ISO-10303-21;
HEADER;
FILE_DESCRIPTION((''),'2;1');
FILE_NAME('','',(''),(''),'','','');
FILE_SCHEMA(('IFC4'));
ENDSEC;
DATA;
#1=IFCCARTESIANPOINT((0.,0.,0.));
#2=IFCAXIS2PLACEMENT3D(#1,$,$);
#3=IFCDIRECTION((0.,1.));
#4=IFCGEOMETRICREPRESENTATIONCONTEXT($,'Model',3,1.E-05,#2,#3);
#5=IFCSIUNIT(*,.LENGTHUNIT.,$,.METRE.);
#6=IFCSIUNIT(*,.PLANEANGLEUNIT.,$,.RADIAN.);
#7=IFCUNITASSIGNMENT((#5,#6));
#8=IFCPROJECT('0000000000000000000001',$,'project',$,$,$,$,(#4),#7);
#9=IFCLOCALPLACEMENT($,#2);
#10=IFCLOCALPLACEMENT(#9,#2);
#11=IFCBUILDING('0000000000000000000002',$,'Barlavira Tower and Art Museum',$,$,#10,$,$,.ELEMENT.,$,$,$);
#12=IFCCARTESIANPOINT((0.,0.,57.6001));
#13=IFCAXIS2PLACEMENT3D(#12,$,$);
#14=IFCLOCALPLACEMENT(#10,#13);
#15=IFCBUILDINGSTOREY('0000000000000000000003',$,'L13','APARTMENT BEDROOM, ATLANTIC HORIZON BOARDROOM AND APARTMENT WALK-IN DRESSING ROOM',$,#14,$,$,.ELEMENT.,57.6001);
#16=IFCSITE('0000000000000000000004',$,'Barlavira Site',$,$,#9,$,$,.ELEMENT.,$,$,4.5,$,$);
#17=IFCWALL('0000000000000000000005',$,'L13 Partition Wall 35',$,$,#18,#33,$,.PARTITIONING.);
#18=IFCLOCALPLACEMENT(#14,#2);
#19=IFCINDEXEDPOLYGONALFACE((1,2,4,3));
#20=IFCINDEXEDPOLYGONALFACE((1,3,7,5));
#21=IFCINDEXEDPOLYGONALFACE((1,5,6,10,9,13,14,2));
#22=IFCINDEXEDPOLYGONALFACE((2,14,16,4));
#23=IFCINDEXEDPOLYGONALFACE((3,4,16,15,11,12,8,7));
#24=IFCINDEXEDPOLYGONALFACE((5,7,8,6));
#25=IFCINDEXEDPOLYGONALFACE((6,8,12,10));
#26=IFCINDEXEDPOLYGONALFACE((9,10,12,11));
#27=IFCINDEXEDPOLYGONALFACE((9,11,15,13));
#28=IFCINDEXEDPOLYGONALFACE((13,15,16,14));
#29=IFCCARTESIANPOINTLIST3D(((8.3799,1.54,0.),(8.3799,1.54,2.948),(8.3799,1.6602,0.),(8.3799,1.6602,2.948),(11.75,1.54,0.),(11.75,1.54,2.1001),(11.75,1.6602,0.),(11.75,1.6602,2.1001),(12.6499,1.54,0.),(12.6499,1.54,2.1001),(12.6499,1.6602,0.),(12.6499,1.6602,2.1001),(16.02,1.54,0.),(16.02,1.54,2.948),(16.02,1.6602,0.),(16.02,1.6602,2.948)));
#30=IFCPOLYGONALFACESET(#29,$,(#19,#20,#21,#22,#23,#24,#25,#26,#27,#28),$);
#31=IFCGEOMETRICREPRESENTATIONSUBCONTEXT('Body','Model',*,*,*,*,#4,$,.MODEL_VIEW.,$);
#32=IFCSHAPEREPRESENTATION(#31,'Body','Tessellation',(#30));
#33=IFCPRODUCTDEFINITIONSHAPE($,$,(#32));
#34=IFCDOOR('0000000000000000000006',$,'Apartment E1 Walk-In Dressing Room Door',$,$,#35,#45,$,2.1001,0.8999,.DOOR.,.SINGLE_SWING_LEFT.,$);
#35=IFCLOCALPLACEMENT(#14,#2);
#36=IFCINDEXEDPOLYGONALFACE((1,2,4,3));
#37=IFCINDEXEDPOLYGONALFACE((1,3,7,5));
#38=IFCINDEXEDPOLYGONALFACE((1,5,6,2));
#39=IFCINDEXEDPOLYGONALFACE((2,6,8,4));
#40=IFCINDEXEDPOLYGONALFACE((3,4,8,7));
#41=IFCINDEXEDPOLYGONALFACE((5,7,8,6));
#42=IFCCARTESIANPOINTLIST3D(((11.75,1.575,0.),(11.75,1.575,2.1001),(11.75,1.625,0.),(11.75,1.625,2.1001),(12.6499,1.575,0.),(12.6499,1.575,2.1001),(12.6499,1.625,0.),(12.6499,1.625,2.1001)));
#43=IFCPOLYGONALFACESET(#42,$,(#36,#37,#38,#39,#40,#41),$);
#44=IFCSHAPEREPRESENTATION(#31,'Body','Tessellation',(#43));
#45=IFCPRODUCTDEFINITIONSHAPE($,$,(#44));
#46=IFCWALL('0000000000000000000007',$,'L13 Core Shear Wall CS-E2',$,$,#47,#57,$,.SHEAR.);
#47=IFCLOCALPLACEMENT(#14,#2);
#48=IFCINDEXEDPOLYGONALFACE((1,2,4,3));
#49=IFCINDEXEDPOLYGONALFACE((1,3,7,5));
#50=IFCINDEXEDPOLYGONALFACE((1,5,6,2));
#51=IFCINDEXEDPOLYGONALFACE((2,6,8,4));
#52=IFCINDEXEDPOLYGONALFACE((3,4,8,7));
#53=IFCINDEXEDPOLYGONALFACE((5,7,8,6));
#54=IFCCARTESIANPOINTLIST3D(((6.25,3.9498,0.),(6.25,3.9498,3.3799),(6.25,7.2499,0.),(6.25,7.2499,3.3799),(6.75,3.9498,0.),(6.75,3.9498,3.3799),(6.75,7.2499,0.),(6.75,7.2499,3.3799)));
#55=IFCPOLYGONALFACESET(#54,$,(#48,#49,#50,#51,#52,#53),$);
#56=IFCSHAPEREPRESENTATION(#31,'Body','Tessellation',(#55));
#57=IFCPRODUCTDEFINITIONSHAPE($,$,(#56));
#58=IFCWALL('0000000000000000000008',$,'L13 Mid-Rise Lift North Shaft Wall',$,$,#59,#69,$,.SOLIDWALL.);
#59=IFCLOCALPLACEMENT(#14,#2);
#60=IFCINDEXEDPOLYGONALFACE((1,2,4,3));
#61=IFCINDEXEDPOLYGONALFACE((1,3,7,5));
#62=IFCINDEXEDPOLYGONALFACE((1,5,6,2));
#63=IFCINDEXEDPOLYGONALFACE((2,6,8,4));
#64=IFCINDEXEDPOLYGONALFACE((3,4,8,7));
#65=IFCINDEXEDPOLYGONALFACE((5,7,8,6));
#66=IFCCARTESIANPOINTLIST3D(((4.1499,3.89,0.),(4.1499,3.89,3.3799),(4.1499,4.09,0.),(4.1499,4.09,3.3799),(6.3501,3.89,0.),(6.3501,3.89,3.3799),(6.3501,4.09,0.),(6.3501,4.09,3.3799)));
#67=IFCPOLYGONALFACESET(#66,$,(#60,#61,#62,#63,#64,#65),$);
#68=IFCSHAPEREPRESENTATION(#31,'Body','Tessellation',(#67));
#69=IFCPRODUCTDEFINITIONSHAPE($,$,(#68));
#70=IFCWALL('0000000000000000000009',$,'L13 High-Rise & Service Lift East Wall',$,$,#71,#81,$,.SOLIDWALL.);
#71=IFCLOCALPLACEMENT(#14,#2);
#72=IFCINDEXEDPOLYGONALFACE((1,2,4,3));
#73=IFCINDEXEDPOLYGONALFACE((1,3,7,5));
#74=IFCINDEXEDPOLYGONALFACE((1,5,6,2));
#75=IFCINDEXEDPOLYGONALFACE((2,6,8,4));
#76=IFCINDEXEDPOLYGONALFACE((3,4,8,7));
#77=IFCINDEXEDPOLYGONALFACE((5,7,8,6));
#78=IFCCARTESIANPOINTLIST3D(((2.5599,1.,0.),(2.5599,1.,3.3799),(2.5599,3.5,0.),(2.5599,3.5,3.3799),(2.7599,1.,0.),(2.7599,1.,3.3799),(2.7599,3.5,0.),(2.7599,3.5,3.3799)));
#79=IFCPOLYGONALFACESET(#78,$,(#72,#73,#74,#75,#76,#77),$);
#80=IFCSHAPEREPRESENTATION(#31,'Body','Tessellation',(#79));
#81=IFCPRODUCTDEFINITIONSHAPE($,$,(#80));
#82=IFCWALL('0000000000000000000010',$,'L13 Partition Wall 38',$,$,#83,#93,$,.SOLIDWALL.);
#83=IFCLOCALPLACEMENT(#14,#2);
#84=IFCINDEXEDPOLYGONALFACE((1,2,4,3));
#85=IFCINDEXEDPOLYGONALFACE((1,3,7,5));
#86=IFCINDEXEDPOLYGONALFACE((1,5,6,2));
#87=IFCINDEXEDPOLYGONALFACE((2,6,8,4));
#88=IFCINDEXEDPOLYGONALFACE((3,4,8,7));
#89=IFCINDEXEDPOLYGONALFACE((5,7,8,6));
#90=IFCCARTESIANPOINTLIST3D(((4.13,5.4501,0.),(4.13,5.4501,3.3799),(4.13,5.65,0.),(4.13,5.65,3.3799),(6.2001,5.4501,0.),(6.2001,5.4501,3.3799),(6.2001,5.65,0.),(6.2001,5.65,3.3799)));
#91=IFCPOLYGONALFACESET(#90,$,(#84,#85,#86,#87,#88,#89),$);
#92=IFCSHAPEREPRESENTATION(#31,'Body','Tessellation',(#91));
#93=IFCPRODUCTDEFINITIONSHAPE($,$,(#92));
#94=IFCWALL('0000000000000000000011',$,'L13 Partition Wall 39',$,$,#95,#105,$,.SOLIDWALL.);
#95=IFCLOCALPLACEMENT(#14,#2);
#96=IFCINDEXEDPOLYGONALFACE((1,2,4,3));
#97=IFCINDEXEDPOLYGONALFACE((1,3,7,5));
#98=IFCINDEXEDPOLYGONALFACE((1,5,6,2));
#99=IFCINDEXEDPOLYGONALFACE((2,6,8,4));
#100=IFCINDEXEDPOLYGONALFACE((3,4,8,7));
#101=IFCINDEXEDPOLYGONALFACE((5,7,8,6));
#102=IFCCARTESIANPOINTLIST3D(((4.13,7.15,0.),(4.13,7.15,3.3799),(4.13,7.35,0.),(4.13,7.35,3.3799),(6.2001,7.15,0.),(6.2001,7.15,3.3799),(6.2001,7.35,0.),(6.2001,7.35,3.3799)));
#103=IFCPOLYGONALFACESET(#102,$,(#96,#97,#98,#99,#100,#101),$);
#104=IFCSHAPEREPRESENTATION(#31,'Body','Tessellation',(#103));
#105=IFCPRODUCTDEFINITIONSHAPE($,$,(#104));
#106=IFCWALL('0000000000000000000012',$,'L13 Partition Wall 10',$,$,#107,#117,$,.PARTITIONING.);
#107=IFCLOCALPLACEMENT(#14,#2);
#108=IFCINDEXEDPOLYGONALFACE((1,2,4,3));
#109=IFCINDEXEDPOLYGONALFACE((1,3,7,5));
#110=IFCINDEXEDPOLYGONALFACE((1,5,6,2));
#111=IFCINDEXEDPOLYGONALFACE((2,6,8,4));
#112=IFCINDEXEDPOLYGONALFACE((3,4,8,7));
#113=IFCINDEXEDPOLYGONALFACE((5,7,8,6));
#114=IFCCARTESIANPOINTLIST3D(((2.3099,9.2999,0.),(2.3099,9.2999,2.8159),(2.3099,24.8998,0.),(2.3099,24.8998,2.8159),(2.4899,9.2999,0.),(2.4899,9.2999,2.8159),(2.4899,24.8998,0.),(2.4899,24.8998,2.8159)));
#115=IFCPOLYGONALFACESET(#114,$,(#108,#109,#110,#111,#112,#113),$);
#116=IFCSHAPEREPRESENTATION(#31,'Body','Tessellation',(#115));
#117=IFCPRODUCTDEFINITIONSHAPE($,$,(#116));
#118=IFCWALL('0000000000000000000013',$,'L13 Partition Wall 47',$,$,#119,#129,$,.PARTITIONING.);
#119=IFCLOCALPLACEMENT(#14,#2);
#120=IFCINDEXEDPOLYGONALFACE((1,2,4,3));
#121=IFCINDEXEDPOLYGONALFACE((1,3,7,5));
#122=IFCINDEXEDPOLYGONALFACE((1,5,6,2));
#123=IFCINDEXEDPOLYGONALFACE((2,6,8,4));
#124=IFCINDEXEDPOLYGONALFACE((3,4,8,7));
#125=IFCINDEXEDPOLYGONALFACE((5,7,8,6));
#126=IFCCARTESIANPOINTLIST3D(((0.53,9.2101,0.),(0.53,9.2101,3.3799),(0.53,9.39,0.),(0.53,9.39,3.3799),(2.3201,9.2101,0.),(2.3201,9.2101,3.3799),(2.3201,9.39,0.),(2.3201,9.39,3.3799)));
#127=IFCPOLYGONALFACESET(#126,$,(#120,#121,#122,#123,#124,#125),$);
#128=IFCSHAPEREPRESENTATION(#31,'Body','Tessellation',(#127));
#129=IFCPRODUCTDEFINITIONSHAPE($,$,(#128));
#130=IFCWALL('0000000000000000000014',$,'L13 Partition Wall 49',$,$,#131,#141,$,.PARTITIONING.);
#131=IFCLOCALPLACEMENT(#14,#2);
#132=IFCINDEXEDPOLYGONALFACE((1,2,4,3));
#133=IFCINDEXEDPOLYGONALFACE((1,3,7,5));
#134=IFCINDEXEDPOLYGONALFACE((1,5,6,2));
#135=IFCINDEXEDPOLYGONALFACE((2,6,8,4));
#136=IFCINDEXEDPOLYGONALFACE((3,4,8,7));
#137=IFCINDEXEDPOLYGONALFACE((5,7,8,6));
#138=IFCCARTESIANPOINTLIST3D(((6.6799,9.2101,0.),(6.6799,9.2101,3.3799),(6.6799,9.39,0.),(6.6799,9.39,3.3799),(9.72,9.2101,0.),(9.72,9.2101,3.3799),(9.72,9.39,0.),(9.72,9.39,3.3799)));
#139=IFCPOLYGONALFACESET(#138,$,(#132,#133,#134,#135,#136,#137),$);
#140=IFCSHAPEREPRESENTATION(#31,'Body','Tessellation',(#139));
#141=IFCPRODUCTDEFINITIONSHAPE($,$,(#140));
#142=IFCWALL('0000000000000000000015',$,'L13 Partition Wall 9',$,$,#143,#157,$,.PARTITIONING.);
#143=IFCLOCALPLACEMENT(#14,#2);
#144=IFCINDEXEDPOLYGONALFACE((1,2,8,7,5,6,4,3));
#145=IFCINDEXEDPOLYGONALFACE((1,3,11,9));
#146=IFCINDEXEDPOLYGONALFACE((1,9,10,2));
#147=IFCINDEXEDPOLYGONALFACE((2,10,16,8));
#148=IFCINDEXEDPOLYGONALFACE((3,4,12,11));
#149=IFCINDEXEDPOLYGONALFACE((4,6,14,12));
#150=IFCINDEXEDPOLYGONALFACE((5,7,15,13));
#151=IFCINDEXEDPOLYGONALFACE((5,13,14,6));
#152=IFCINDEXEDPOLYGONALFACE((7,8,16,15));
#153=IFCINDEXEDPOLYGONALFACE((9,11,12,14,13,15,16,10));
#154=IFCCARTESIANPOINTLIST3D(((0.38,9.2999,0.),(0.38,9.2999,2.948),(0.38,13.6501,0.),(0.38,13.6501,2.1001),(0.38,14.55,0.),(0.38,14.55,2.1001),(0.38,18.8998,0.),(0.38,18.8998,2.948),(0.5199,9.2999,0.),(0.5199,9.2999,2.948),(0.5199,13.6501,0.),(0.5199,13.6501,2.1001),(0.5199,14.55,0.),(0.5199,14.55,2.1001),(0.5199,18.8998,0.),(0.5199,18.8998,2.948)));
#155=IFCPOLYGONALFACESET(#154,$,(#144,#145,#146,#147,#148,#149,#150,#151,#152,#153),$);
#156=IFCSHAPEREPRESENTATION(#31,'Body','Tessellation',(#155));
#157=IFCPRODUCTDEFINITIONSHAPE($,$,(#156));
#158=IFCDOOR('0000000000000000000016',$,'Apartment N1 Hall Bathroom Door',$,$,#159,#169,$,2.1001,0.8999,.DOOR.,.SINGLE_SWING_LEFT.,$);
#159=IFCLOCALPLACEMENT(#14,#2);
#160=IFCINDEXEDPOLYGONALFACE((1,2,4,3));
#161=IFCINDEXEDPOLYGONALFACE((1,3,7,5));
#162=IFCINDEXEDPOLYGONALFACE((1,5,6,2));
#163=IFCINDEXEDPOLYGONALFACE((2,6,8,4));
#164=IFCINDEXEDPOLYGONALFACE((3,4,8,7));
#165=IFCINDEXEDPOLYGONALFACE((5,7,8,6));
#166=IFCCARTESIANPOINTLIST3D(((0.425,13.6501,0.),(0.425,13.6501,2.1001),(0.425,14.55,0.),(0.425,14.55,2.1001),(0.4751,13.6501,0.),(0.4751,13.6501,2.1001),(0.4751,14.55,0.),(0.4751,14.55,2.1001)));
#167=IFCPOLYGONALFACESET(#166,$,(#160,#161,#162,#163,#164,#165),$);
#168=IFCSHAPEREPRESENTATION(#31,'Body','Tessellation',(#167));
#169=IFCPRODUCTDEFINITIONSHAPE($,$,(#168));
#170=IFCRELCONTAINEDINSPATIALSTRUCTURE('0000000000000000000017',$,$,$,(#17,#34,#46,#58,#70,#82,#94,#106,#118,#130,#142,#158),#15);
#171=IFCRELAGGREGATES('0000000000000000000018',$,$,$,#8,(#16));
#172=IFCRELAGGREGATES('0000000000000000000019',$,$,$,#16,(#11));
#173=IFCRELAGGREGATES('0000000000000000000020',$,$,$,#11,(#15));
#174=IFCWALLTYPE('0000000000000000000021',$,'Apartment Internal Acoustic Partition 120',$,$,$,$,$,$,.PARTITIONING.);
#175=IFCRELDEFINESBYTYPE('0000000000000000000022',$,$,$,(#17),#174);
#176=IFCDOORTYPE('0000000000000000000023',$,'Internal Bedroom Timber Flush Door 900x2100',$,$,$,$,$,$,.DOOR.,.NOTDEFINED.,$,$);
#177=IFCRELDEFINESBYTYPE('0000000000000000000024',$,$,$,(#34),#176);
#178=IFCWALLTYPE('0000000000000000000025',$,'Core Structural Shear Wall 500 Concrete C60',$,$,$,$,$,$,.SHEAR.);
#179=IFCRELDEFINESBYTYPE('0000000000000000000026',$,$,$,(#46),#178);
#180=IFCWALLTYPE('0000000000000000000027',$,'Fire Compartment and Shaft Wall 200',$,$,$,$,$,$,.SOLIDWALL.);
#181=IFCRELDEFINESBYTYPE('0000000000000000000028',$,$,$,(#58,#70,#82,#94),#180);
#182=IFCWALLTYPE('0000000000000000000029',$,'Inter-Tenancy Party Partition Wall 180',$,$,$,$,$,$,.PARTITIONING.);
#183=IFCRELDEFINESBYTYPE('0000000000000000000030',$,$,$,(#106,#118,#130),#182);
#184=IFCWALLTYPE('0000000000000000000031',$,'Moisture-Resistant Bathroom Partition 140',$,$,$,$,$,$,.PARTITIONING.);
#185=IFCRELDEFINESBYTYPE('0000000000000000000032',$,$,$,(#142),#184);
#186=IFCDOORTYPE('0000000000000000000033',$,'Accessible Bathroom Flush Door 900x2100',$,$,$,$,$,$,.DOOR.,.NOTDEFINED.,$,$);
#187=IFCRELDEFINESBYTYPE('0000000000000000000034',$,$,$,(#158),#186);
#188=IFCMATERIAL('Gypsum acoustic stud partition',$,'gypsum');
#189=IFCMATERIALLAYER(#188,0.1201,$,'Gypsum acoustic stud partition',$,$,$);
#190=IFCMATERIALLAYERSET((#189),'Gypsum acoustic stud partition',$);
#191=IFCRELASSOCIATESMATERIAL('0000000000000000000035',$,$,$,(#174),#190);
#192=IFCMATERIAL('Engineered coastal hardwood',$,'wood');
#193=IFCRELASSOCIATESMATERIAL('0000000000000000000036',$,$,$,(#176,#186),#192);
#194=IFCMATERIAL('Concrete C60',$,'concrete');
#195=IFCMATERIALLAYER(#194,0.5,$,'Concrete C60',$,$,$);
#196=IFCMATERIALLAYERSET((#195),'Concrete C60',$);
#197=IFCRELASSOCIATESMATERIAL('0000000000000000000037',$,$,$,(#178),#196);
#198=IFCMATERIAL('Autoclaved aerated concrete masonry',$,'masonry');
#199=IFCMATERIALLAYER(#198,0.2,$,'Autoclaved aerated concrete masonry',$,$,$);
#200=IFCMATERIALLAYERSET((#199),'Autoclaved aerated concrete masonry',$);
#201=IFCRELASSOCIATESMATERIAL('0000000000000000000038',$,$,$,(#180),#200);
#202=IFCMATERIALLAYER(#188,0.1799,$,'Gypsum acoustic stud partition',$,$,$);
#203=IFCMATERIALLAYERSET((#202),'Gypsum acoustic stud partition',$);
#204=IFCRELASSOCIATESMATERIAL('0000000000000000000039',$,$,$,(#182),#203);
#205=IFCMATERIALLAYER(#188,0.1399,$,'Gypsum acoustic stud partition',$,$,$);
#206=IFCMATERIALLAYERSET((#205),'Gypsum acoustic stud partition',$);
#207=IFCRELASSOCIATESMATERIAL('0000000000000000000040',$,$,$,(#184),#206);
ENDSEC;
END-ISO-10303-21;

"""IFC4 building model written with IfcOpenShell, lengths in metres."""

from ifc_helpers import new_model, si_unit, direction, frame, frame_2d, origin, place, context, subcontext, project, spatial, rectangle, extrude, material, layer, layer_set, type_object, element, fill, save


model = new_model("IFC4")

# Units and contexts
model_context = context("Model", 3, precision=1e-05, world=origin(), true_north=direction((0.0, 1.0)))
body_context = subcontext(model_context, "Body", "Model", "MODEL_VIEW")
ifc_project = project(units=[si_unit("LENGTHUNIT", "METRE"), si_unit("PLANEANGLEUNIT", "RADIAN")], contexts=[model_context])

# Site, building, storey
site_placement = place(None, origin())
site = spatial("IfcSite", under=ifc_project, at=site_placement, Name="Barlavira Site", CompositionType="ELEMENT", RefElevation=4.5)
building_placement = place(site_placement, origin())
building = spatial("IfcBuilding", under=site, at=building_placement, Name="Barlavira Tower and Art Museum", CompositionType="ELEMENT")
storey_placement = place(building_placement, frame((0.0, 0.0, 57.6001)))
storey = spatial("IfcBuildingStorey", under=building, at=storey_placement, Name="L13", Description="APARTMENT BEDROOM, ATLANTIC HORIZON BOARDROOM AND APARTMENT WALK-IN DRESSING ROOM", CompositionType="ELEMENT", Elevation=57.6001)

# Wall, opening, door
ifc_material_1 = material(Name="Gypsum acoustic stud partition", Category="gypsum")
ifc_layer_1 = layer(ifc_material_1, 0.1201, Name="Gypsum acoustic stud partition")
ifc_layer_set_1 = layer_set([ifc_layer_1], Name="Gypsum acoustic stud partition")
wall_type_1 = type_object("IfcWallType", Name="Apartment Internal Acoustic Partition 120", PredefinedType="PARTITIONING", material=ifc_layer_set_1)
ifc_material_2 = material(Name="Engineered coastal hardwood", Category="wood")
wall_1_placement = place(storey_placement, frame((8.3799, 1.6001, 0.0), z_axis=(0.0, 0.0, 1.0), x_axis=(1.0, 0.0, 0.0)))
wall_1 = element("IfcWall", 1, at=wall_1_placement, inside=storey, type_object=wall_type_1, Name="L13 Partition Wall 35", PredefinedType="PARTITIONING", context=body_context, shape_type="SweptSolid", body=[
    extrude(rectangle(XDim=7.6401, YDim=0.1201, at=frame_2d((3.8201, 0.0))), origin(), (0.0, 0.0, 1.0), 2.948),
])
opening_1_placement = place(wall_1_placement, frame((3.3701, 0.0, 0.0)))
opening_1 = element("IfcOpeningElement", 2, at=opening_1_placement, cuts=wall_1, PredefinedType="OPENING", context=body_context, shape_type="SweptSolid", body=[
    extrude(rectangle(XDim=0.8999, YDim=2.1001, at=frame_2d((0.45, 1.05))), frame((0.0, 0.0701, 0.0), z_axis=(0.0, -1.0, 0.0), x_axis=(1.0, 0.0, 0.0)), (0.0, 0.0, 1.0), 0.1401),
])
door_type_1 = type_object("IfcDoorType", Name="Internal Bedroom Timber Flush Door 900x2100", OperationType="NOTDEFINED", PredefinedType="DOOR", material=ifc_material_2)
door_1_placement = place(opening_1_placement, origin())
door_1 = element("IfcDoor", 3, at=door_1_placement, inside=storey, type_object=door_type_1, Name="Apartment E1 Walk-In Dressing Room Door", OperationType="SINGLE_SWING_LEFT", OverallHeight=2.1001, OverallWidth=0.8999, PredefinedType="DOOR", context=body_context, shape_type="SweptSolid", body=[
    extrude(rectangle(XDim=0.8999, YDim=2.1001, at=frame_2d((0.45, 1.05))), frame((0.0, 0.0249, 0.0), z_axis=(0.0, -1.0, 0.0), x_axis=(1.0, 0.0, 0.0)), (0.0, 0.0, 1.0), 0.05),
])
fill(opening_1, door_1)

# Walls
ifc_material_3 = material(Name="Concrete C60", Category="concrete")
ifc_layer_2 = layer(ifc_material_3, 0.5, Name="Concrete C60")
ifc_layer_set_2 = layer_set([ifc_layer_2], Name="Concrete C60")
wall_type_2 = type_object("IfcWallType", Name="Core Structural Shear Wall 500 Concrete C60", PredefinedType="SHEAR", material=ifc_layer_set_2)
wall_2_placement = place(storey_placement, frame((6.5, 3.95, 0.0), z_axis=(0.0, 0.0, 1.0), x_axis=(0.0, 1.0, 0.0)))
element("IfcWall", 4, at=wall_2_placement, inside=storey, type_object=wall_type_2, Name="L13 Core Shear Wall CS-E2", PredefinedType="SHEAR", context=body_context, shape_type="SweptSolid", body=[
    extrude(rectangle(XDim=3.3, YDim=0.5, at=frame_2d((1.6499, 0.0))), origin(), (0.0, 0.0, 1.0), 3.3799),
])
ifc_material_4 = material(Name="Autoclaved aerated concrete masonry", Category="masonry")
ifc_layer_3 = layer(ifc_material_4, 0.2, Name="Autoclaved aerated concrete masonry")
ifc_layer_set_3 = layer_set([ifc_layer_3], Name="Autoclaved aerated concrete masonry")
wall_type_3 = type_object("IfcWallType", Name="Fire Compartment and Shaft Wall 200", PredefinedType="SOLIDWALL", material=ifc_layer_set_3)
wall_3_placement = place(storey_placement, frame((4.1499, 3.99, 0.0), z_axis=(0.0, 0.0, 1.0), x_axis=(1.0, 0.0, 0.0)))
element("IfcWall", 5, at=wall_3_placement, inside=storey, type_object=wall_type_3, Name="L13 Mid-Rise Lift North Shaft Wall", PredefinedType="SOLIDWALL", context=body_context, shape_type="SweptSolid", body=[
    extrude(rectangle(XDim=2.2002, YDim=0.2, at=frame_2d((1.1001, 0.0))), origin(), (0.0, 0.0, 1.0), 3.3799),
])
wall_4_placement = place(storey_placement, frame((2.6599, 1.0, 0.0), z_axis=(0.0, 0.0, 1.0), x_axis=(0.0, 1.0, 0.0)))
element("IfcWall", 6, at=wall_4_placement, inside=storey, type_object=wall_type_3, Name="L13 High-Rise & Service Lift East Wall", PredefinedType="SOLIDWALL", context=body_context, shape_type="SweptSolid", body=[
    extrude(rectangle(XDim=2.5, YDim=0.2, at=frame_2d((1.25, 0.0))), origin(), (0.0, 0.0, 1.0), 3.3799),
])

# Walls
for number, where, z_axis, x_axis, name in (
    (7, (4.1299, 5.55, 0.0), (0.0, 0.0, 1.0), (1.0, 0.0, 0.0), "L13 Partition Wall 38"),
    (8, (4.1299, 7.25, 0.0), (0.0, 0.0, 1.0), (1.0, 0.0, 0.0), "L13 Partition Wall 39"),
):
    element("IfcWall", number, at=place(storey_placement, frame(where, z_axis=z_axis, x_axis=x_axis)), inside=storey, type_object=wall_type_3, Name=name, PredefinedType="SOLIDWALL", context=body_context, shape_type="SweptSolid", body=[
        extrude(rectangle(XDim=2.0701, YDim=0.2, at=frame_2d((1.0352, 0.0))), origin(), (0.0, 0.0, 1.0), 3.3799),
    ])
ifc_layer_4 = layer(ifc_material_1, 0.1799, Name="Gypsum acoustic stud partition")
ifc_layer_set_4 = layer_set([ifc_layer_4], Name="Gypsum acoustic stud partition")
wall_type_4 = type_object("IfcWallType", Name="Inter-Tenancy Party Partition Wall 180", PredefinedType="PARTITIONING", material=ifc_layer_set_4)
wall_5_placement = place(storey_placement, frame((2.3999, 9.3, 0.0), z_axis=(0.0, 0.0, 1.0), x_axis=(0.0, 1.0, 0.0)))
element("IfcWall", 9, at=wall_5_placement, inside=storey, type_object=wall_type_4, Name="L13 Partition Wall 10", PredefinedType="PARTITIONING", context=body_context, shape_type="SweptSolid", body=[
    extrude(rectangle(XDim=15.5999, YDim=0.1799, at=frame_2d((7.7998, 0.0))), origin(), (0.0, 0.0, 1.0), 2.8159),
])
wall_6_placement = place(storey_placement, frame((0.53, 9.3, 0.0), z_axis=(0.0, 0.0, 1.0), x_axis=(1.0, 0.0, 0.0)))
element("IfcWall", 10, at=wall_6_placement, inside=storey, type_object=wall_type_4, Name="L13 Partition Wall 47", PredefinedType="PARTITIONING", context=body_context, shape_type="SweptSolid", body=[
    extrude(rectangle(XDim=1.79, YDim=0.1799, at=frame_2d((0.895, 0.0))), origin(), (0.0, 0.0, 1.0), 3.3799),
])

# Wall
wall_7_placement = place(storey_placement, frame((6.6799, 9.3, 0.0), z_axis=(0.0, 0.0, 1.0), x_axis=(1.0, 0.0, 0.0)))
element("IfcWall", 11, at=wall_7_placement, inside=storey, type_object=wall_type_4, Name="L13 Partition Wall 49", PredefinedType="PARTITIONING", context=body_context, shape_type="SweptSolid", body=[
    extrude(rectangle(XDim=3.04, YDim=0.1799, at=frame_2d((1.52, 0.0))), origin(), (0.0, 0.0, 1.0), 3.3799),
])

# Wall, opening, door
ifc_layer_5 = layer(ifc_material_1, 0.1399, Name="Gypsum acoustic stud partition")
ifc_layer_set_5 = layer_set([ifc_layer_5], Name="Gypsum acoustic stud partition")
wall_type_5 = type_object("IfcWallType", Name="Moisture-Resistant Bathroom Partition 140", PredefinedType="PARTITIONING", material=ifc_layer_set_5)
wall_8_placement = place(storey_placement, frame((0.45, 9.3, 0.0), z_axis=(0.0, 0.0, 1.0), x_axis=(0.0, 1.0, 0.0)))
wall_8 = element("IfcWall", 12, at=wall_8_placement, inside=storey, type_object=wall_type_5, Name="L13 Partition Wall 9", PredefinedType="PARTITIONING", context=body_context, shape_type="SweptSolid", body=[
    extrude(rectangle(XDim=9.5999, YDim=0.1399, at=frame_2d((4.7998, 0.0))), origin(), (0.0, 0.0, 1.0), 2.948),
])
opening_2_placement = place(wall_8_placement, frame((4.3501, 0.0, 0.0)))
opening_2 = element("IfcOpeningElement", 13, at=opening_2_placement, cuts=wall_8, PredefinedType="OPENING", context=body_context, shape_type="SweptSolid", body=[
    extrude(rectangle(XDim=0.8999, YDim=2.1001, at=frame_2d((0.45, 1.05))), frame((0.0, 0.0801, 0.0), z_axis=(0.0, -1.0, 0.0), x_axis=(1.0, 0.0, 0.0)), (0.0, 0.0, 1.0), 0.1599),
])
door_type_2 = type_object("IfcDoorType", Name="Accessible Bathroom Flush Door 900x2100", OperationType="NOTDEFINED", PredefinedType="DOOR", material=ifc_material_2)
door_2_placement = place(opening_2_placement, origin())
door_2 = element("IfcDoor", 14, at=door_2_placement, inside=storey, type_object=door_type_2, Name="Apartment N1 Hall Bathroom Door", OperationType="SINGLE_SWING_LEFT", OverallHeight=2.1001, OverallWidth=0.8999, PredefinedType="DOOR", context=body_context, shape_type="SweptSolid", body=[
    extrude(rectangle(XDim=0.8999, YDim=2.1001, at=frame_2d((0.45, 1.05))), frame((0.0, 0.0249, 0.0), z_axis=(0.0, -1.0, 0.0), x_axis=(1.0, 0.0, 0.0)), (0.0, 0.0, 1.0), 0.05),
])
fill(opening_2, door_2)

save(model, "model.ifc")
